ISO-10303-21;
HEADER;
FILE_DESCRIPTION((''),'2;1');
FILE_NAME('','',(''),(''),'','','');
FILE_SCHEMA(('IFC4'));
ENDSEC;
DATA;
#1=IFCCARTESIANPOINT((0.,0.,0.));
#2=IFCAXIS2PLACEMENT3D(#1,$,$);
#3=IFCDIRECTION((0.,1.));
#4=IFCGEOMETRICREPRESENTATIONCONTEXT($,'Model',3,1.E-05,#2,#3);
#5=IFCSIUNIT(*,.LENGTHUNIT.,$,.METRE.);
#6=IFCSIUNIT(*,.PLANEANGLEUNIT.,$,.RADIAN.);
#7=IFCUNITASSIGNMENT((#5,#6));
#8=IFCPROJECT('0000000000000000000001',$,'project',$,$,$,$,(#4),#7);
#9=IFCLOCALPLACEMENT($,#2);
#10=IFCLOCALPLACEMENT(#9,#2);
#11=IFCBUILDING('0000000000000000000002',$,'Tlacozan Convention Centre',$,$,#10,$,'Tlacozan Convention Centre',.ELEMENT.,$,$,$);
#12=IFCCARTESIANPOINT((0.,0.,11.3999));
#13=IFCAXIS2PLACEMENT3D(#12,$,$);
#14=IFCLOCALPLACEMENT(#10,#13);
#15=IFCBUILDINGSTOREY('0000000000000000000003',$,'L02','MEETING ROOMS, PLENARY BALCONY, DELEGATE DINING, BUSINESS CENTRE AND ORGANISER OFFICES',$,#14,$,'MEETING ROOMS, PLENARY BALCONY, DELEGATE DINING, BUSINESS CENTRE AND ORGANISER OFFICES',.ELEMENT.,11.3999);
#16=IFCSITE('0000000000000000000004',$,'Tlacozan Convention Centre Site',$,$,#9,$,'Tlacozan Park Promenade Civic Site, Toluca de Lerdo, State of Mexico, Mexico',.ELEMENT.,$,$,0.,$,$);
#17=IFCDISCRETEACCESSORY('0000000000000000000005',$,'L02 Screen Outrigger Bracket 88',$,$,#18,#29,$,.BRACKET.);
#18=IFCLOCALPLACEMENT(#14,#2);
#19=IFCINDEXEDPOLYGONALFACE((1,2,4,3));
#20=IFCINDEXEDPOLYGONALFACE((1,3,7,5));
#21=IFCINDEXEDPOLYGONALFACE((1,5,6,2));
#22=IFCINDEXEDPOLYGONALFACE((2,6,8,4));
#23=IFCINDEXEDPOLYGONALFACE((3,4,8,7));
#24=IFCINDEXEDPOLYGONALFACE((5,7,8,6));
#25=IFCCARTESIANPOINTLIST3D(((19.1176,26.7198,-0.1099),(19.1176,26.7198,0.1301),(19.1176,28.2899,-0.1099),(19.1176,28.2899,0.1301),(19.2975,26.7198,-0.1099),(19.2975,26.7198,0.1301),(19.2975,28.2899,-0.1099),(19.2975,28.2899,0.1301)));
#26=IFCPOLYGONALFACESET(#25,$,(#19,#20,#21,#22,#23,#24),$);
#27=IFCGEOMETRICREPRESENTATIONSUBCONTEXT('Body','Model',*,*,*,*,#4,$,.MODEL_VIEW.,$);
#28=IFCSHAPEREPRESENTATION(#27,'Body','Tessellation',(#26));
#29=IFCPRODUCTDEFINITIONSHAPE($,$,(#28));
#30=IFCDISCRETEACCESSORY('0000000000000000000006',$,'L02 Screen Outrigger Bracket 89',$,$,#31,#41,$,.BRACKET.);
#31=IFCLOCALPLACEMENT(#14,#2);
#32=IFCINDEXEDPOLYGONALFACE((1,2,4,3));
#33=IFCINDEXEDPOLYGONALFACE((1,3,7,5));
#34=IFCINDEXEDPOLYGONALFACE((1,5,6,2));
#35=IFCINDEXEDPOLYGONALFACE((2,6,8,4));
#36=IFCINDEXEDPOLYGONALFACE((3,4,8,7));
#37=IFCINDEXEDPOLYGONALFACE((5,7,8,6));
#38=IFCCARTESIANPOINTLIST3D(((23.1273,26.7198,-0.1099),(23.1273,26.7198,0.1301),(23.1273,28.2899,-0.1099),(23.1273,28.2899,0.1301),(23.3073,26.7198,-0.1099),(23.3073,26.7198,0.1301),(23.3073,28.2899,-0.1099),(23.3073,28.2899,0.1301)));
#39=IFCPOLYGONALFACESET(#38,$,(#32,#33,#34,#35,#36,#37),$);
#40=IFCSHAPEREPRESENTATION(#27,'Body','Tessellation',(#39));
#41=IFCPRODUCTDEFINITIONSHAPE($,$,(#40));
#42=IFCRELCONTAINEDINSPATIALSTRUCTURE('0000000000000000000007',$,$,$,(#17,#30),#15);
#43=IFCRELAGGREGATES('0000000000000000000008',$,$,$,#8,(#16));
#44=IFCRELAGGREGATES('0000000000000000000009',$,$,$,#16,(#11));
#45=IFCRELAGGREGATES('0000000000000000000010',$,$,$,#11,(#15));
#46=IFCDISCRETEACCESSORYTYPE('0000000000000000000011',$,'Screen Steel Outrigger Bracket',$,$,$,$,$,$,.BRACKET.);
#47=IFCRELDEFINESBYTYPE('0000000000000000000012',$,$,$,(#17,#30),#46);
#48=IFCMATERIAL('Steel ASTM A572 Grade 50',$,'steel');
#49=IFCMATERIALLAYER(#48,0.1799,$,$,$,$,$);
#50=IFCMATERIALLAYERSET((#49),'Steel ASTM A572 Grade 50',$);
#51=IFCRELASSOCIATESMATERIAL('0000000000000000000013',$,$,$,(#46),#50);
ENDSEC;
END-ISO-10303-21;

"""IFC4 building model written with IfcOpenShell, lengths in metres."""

from ifc_helpers import new_model, si_unit, direction, frame, origin, origin_2d, place, context, subcontext, project, spatial, rectangle, extrude, material, layer, layer_set, type_object, element, save


model = new_model("IFC4")

# Units and contexts
model_context = context("Model", 3, precision=1e-05, world=origin(), true_north=direction((0.0, 1.0)))
body_context = subcontext(model_context, "Body", "Model", "MODEL_VIEW")
ifc_project = project(units=[si_unit("LENGTHUNIT", "METRE"), si_unit("PLANEANGLEUNIT", "RADIAN")], contexts=[model_context])

# Site, building, storey
site_placement = place(None, origin())
site = spatial("IfcSite", under=ifc_project, at=site_placement, Name="Tlacozan Convention Centre Site", LongName="Tlacozan Park Promenade Civic Site, Toluca de Lerdo, State of Mexico, Mexico", CompositionType="ELEMENT", RefElevation=0.0)
building_placement = place(site_placement, origin())
building = spatial("IfcBuilding", under=site, at=building_placement, Name="Tlacozan Convention Centre", LongName="Tlacozan Convention Centre", CompositionType="ELEMENT")
storey_placement = place(building_placement, frame((0.0, 0.0, 11.3999)))
storey = spatial("IfcBuildingStorey", under=building, at=storey_placement, Name="L02", Description="MEETING ROOMS, PLENARY BALCONY, DELEGATE DINING, BUSINESS CENTRE AND ORGANISER OFFICES", LongName="MEETING ROOMS, PLENARY BALCONY, DELEGATE DINING, BUSINESS CENTRE AND ORGANISER OFFICES", CompositionType="ELEMENT", Elevation=11.3999)

# Shared definitions
ifc_material_1 = material(Name="Steel ASTM A572 Grade 50", Category="steel")

# Discrete accessories
ifc_layer_1 = layer(ifc_material_1, 0.1799)
ifc_layer_set_1 = layer_set([ifc_layer_1], Name="Steel ASTM A572 Grade 50")
discrete_accessory_type = type_object("IfcDiscreteAccessoryType", Name="Screen Steel Outrigger Bracket", PredefinedType="BRACKET", material=ifc_layer_set_1)
for number, where, z_axis, x_axis, name in (
    (1, (19.2075, 27.5049, -0.1099), (0.0, 0.0, 1.0), (0.0, -1.0, 0.0), "L02 Screen Outrigger Bracket 88"),
    (2, (23.2173, 27.5049, -0.1099), (0.0, 0.0, 1.0), (0.0, -1.0, 0.0), "L02 Screen Outrigger Bracket 89"),
):
    element("IfcDiscreteAccessory", number, at=place(storey_placement, frame(where, z_axis=z_axis, x_axis=x_axis)), inside=storey, type_object=discrete_accessory_type, Name=name, PredefinedType="BRACKET", context=body_context, shape_type="SweptSolid", body=[
        extrude(rectangle(XDim=1.5701, YDim=0.1799, at=origin_2d()), origin(), (0.0, 0.0, 1.0), 0.24),
    ])

save(model, "model.ifc")
